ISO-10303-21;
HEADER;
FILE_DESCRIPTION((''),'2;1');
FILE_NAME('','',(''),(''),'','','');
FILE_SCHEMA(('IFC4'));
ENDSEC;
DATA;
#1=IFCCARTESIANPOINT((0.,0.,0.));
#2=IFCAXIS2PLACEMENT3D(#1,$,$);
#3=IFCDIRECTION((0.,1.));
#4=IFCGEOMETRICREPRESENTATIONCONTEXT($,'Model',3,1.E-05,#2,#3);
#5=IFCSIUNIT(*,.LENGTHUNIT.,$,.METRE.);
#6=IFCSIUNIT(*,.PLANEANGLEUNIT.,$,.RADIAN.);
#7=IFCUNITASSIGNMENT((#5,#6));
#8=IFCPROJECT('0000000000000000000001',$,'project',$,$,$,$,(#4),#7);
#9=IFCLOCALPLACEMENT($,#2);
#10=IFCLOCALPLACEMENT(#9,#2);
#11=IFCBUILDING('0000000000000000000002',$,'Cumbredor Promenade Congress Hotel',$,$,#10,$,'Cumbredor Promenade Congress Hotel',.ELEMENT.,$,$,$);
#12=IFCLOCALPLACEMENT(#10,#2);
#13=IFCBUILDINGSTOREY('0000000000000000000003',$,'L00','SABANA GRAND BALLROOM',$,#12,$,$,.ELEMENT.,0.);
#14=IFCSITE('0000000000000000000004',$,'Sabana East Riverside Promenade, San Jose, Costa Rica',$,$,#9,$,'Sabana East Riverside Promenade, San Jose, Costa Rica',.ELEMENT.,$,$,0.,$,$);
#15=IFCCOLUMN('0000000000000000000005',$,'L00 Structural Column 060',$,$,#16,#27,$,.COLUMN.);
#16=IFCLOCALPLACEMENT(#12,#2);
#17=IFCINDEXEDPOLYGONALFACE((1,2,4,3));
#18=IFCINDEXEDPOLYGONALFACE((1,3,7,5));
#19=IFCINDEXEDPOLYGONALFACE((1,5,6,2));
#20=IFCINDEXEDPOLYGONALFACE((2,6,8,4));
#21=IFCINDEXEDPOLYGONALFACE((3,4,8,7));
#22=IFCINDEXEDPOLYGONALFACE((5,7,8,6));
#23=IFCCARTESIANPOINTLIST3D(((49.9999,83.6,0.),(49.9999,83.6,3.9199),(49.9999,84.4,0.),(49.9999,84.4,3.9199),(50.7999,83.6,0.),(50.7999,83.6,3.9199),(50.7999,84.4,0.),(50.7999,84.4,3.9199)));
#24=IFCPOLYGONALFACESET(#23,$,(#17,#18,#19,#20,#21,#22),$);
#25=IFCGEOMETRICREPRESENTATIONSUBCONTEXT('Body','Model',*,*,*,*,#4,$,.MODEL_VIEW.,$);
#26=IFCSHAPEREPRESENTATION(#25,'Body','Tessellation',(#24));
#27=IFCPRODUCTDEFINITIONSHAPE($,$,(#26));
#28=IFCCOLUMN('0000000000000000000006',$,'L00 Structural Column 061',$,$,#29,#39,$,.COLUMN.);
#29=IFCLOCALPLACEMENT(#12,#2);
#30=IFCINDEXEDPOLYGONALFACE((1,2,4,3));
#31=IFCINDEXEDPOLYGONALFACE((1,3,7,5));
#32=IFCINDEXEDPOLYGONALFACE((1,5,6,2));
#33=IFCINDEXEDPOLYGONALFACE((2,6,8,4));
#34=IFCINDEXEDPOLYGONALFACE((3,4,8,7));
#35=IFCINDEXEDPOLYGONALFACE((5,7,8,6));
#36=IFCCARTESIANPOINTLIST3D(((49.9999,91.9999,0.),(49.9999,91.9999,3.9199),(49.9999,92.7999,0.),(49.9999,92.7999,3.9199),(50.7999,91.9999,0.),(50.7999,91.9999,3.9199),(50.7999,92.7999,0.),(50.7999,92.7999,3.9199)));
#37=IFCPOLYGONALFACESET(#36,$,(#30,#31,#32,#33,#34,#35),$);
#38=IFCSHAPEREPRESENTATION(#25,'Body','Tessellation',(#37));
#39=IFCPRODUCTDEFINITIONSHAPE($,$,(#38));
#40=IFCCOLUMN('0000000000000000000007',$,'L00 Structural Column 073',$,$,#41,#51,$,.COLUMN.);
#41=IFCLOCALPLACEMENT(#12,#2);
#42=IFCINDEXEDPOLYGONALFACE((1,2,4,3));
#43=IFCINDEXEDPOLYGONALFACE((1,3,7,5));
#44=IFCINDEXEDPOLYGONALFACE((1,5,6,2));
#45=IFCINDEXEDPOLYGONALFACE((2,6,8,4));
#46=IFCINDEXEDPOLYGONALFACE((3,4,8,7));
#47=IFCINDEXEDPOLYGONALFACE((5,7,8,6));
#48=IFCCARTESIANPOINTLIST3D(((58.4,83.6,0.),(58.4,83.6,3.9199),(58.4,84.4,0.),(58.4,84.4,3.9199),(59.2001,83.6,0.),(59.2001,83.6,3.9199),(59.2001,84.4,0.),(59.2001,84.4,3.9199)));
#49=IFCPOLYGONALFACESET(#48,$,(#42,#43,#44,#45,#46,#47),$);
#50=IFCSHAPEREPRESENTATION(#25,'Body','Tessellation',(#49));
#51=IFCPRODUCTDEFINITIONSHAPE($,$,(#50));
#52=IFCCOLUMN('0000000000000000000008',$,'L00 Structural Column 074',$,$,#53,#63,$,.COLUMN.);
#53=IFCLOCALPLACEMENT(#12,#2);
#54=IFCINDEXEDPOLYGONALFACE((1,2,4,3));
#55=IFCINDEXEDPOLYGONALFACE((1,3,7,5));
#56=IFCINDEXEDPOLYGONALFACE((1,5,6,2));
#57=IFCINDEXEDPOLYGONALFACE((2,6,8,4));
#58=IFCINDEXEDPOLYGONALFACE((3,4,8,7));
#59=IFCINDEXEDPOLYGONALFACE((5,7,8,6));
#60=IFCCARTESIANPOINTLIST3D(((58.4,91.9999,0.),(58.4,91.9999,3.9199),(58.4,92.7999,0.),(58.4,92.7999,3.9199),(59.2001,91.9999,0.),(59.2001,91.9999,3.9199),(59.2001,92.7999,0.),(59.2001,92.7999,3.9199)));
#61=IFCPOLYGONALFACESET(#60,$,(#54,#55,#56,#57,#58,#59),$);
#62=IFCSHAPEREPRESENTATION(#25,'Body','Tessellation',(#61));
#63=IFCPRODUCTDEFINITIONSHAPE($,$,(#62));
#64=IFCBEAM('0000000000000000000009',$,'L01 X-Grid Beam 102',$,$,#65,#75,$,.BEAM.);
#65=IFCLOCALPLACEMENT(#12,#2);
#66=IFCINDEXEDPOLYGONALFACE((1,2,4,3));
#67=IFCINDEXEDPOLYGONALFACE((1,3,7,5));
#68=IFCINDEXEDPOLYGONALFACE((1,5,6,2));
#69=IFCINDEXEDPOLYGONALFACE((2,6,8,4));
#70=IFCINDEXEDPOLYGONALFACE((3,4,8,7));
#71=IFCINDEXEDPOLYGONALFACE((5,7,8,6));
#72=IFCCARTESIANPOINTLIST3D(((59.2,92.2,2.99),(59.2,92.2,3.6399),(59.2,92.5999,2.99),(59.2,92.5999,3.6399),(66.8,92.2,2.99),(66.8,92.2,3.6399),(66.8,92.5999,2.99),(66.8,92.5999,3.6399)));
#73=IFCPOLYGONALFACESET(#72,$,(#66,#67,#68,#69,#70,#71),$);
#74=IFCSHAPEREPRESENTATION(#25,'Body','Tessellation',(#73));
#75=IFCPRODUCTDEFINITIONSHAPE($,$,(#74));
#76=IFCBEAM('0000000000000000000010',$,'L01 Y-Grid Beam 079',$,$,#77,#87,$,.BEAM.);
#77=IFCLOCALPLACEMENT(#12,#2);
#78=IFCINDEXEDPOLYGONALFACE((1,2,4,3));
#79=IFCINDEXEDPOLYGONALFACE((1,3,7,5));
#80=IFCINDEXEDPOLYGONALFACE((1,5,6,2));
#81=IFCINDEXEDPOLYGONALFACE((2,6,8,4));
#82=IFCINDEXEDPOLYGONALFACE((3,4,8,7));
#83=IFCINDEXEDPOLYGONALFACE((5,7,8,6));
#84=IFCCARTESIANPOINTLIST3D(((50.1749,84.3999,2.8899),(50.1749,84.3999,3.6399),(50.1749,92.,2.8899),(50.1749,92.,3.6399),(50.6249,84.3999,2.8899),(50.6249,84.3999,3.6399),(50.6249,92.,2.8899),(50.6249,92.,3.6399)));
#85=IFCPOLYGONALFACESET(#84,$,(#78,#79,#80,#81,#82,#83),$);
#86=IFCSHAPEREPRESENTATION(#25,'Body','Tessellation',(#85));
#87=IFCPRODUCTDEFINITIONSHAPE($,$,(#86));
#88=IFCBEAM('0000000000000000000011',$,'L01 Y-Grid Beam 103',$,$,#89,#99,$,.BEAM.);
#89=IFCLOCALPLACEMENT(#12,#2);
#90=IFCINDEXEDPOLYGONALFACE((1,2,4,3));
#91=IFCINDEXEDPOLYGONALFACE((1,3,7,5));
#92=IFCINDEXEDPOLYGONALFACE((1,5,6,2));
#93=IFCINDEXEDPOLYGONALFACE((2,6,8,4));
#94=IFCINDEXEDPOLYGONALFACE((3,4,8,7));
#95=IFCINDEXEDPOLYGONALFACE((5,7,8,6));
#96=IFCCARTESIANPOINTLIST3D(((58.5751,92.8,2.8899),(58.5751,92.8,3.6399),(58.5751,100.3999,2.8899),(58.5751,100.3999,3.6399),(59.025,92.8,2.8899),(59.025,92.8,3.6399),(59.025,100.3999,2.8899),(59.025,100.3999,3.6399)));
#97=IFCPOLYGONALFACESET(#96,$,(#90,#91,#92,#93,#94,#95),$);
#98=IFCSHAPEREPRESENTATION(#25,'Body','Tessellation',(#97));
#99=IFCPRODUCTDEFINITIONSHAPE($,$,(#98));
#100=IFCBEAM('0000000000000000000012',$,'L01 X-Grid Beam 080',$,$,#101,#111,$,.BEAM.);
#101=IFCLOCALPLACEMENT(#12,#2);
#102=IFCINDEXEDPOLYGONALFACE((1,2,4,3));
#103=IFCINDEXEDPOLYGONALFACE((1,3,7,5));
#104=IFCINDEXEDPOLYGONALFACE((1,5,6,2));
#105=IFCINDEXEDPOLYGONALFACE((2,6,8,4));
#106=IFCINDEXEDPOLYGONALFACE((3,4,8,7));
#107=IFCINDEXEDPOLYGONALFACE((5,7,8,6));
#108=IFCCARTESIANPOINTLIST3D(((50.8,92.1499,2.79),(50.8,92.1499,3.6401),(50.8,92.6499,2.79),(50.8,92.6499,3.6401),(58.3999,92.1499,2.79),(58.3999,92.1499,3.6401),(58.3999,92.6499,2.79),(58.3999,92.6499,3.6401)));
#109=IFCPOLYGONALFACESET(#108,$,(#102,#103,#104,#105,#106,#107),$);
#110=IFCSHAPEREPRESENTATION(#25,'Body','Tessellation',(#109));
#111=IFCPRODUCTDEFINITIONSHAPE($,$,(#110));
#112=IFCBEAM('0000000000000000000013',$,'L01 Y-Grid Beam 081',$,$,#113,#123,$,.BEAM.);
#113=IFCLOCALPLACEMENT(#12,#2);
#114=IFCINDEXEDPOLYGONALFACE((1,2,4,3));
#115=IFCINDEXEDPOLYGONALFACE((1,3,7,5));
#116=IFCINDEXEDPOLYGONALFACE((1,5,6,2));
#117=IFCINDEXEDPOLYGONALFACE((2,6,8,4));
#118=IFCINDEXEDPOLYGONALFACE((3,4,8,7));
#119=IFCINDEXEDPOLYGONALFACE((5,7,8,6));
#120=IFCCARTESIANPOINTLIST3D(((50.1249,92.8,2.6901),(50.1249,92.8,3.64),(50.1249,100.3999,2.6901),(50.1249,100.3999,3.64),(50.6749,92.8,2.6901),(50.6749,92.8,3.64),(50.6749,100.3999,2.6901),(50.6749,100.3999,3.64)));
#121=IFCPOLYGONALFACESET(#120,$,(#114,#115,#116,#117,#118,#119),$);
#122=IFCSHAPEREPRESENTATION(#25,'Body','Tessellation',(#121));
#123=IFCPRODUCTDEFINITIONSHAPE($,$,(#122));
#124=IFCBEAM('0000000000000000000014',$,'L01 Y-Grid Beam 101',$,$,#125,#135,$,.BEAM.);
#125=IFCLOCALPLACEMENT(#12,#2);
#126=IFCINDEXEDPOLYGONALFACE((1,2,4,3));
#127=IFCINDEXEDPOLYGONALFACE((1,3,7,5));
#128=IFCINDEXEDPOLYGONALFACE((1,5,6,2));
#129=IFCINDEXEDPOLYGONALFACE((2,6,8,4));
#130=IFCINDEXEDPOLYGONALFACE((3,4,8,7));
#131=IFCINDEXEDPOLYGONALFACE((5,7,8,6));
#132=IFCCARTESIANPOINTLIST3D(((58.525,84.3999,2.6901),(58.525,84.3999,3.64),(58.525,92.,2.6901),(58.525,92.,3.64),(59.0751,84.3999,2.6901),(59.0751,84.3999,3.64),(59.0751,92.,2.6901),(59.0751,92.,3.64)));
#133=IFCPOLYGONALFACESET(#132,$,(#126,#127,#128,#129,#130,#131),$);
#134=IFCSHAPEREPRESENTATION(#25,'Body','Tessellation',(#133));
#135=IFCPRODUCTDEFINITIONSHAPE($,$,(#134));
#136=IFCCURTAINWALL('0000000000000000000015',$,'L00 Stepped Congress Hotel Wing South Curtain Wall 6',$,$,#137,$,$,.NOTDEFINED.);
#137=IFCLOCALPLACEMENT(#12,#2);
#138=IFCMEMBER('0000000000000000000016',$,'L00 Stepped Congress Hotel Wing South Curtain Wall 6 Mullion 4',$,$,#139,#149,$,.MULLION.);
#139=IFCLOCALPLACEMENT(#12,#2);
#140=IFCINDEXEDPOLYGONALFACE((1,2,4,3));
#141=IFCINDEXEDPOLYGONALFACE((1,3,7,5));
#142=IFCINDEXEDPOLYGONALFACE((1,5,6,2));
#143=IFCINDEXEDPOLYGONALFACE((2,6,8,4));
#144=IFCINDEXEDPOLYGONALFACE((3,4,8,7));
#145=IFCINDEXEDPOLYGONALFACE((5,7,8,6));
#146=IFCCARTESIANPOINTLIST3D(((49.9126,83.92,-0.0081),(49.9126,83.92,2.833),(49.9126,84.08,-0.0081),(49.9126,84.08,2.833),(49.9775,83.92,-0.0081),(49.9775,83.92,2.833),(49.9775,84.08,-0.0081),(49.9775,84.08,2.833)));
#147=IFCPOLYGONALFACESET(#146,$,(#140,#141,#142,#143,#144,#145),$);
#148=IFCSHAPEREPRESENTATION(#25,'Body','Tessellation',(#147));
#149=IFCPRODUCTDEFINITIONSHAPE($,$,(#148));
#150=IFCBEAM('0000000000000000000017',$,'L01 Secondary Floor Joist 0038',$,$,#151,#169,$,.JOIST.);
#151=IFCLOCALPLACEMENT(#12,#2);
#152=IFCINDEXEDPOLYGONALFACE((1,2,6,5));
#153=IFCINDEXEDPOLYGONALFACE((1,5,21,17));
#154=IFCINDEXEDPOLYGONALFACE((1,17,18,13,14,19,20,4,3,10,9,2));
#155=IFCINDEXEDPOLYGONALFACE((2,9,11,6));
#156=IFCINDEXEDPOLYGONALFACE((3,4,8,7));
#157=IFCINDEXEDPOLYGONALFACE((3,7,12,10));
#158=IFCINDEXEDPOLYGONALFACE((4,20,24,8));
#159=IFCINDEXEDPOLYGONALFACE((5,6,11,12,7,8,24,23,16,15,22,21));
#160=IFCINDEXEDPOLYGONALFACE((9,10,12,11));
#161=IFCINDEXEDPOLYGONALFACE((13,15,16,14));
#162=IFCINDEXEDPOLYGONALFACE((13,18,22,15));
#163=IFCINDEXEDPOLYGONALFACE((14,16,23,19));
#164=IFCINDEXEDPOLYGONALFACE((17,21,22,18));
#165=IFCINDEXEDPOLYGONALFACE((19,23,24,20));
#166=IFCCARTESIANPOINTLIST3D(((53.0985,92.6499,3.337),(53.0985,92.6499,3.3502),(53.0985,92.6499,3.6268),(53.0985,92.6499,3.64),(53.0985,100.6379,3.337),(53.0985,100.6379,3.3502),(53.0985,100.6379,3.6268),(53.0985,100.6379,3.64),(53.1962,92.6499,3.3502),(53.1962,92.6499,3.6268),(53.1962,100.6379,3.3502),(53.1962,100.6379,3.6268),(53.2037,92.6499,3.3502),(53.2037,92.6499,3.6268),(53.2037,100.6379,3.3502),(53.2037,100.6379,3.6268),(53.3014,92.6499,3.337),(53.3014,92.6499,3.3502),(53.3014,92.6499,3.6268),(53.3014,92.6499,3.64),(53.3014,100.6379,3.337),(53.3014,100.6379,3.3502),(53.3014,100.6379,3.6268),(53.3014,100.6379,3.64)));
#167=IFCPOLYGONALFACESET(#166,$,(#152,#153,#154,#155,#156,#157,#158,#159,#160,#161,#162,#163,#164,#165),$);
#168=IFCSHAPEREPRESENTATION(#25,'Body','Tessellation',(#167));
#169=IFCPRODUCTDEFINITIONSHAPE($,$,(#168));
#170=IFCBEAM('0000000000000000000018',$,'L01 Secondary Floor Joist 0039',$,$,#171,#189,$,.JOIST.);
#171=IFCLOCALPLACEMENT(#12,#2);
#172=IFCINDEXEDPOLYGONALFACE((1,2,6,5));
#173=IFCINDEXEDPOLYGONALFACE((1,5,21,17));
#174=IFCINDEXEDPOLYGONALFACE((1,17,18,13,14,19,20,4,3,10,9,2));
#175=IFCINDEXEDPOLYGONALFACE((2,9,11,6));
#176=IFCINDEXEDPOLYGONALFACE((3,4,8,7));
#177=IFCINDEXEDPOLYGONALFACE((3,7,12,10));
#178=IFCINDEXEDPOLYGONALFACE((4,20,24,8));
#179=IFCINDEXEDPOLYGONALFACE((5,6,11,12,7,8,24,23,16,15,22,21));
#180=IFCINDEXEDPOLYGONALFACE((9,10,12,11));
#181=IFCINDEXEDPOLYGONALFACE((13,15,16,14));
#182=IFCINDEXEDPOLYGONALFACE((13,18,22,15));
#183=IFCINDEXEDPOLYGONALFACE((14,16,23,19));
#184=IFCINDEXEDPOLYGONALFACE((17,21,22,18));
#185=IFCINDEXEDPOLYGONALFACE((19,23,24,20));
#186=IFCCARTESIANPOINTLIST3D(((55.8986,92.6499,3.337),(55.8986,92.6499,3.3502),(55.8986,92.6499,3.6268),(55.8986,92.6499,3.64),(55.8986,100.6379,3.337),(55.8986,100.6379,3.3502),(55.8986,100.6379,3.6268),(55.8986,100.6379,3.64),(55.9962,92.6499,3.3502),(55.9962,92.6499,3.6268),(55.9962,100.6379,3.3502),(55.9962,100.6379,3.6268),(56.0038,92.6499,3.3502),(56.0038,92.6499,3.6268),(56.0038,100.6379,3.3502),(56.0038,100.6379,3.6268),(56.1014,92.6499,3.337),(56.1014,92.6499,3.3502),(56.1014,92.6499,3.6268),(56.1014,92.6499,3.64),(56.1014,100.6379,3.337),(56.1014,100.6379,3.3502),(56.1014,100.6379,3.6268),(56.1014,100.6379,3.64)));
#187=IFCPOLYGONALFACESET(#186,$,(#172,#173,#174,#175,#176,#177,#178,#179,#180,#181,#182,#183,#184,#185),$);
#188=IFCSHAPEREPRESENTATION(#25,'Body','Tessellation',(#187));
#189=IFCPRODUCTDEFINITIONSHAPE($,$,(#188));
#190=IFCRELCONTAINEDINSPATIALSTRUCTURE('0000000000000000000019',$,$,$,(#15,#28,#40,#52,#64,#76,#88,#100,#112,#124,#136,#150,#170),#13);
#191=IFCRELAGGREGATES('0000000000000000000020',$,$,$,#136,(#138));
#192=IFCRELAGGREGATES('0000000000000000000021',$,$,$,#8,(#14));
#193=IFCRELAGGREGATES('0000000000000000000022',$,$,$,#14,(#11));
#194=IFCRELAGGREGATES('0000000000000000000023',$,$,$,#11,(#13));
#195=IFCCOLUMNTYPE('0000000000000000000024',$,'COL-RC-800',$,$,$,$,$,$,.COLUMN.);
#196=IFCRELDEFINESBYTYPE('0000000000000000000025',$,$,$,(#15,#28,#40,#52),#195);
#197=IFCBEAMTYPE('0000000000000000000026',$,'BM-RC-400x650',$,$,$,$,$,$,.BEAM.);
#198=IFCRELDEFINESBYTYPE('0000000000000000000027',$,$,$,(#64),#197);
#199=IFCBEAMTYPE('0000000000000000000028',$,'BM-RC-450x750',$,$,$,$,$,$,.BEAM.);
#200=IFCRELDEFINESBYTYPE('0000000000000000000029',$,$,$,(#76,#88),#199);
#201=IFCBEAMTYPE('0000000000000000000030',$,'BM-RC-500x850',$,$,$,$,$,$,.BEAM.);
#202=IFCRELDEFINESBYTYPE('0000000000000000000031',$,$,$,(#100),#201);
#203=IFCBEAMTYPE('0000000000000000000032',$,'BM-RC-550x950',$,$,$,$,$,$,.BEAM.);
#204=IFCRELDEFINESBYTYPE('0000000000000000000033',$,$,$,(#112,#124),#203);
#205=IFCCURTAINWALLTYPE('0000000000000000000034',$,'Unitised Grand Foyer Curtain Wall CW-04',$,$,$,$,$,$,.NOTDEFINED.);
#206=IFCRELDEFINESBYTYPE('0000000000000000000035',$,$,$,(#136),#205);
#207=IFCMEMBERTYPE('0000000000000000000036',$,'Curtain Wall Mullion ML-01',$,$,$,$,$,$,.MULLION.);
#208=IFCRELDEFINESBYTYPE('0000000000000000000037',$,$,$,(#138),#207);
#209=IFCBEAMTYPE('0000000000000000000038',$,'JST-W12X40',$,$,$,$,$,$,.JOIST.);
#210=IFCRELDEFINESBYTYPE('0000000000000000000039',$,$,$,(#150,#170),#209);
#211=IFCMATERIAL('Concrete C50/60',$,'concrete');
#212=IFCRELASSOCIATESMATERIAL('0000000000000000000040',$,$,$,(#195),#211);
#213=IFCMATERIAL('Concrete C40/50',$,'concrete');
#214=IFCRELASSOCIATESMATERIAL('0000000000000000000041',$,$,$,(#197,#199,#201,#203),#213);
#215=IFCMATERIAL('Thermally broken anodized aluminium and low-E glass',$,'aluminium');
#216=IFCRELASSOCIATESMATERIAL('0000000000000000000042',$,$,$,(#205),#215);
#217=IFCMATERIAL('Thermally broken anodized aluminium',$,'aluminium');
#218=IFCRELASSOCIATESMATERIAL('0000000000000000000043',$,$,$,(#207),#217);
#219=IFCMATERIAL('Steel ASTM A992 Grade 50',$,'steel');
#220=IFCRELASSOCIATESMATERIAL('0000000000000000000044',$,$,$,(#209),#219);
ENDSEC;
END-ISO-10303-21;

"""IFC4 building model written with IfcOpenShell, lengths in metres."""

from ifc_helpers import new_model, si_unit, direction, frame, origin, origin_2d, place, context, subcontext, project, spatial, rectangle, i_section, extrude, material, material_profile, profile_set, type_object, element, aggregate, save


model = new_model("IFC4")

# Units and contexts
model_context = context("Model", 3, precision=1e-05, world=origin(), true_north=direction((0.0, 1.0)))
body_context = subcontext(model_context, "Body", "Model", "MODEL_VIEW")
ifc_project = project(units=[si_unit("LENGTHUNIT", "METRE"), si_unit("PLANEANGLEUNIT", "RADIAN")], contexts=[model_context])

# Site, building, storey
site_placement = place(None, origin())
site = spatial("IfcSite", under=ifc_project, at=site_placement, Name="Sabana East Riverside Promenade, San Jose, Costa Rica", LongName="Sabana East Riverside Promenade, San Jose, Costa Rica", CompositionType="ELEMENT", RefElevation=0.0)
building_placement = place(site_placement, origin())
building = spatial("IfcBuilding", under=site, at=building_placement, Name="Cumbredor Promenade Congress Hotel", LongName="Cumbredor Promenade Congress Hotel", CompositionType="ELEMENT")
storey_placement = place(building_placement, origin())
storey = spatial("IfcBuildingStorey", under=building, at=storey_placement, Name="L00", Description="SABANA GRAND BALLROOM", CompositionType="ELEMENT", Elevation=0.0)

# Columns
ifc_material_1 = material(Name="Concrete C50/60", Category="concrete")
ifc_material_profile_1 = material_profile(ifc_material_1, rectangle(XDim=0.8, YDim=0.8, at=origin_2d()), Name="RC 800x800")
ifc_profile_set_1 = profile_set([ifc_material_profile_1], Name="Concrete C50/60")
column_type = type_object("IfcColumnType", Name="COL-RC-800", PredefinedType="COLUMN", material=ifc_profile_set_1)
for number, where, z_axis, x_axis, name in (
    (1, (50.3999, 84.0, 0.0), (0.0, 0.0, 1.0), (1.0, 0.0, 0.0), "L00 Structural Column 060"),
    (2, (50.3999, 92.3999, 0.0), (0.0, 0.0, 1.0), (1.0, 0.0, 0.0), "L00 Structural Column 061"),
    (3, (58.8, 84.0, 0.0), (0.0, 0.0, 1.0), (1.0, 0.0, 0.0), "L00 Structural Column 073"),
    (4, (58.8, 92.3999, 0.0), (0.0, 0.0, 1.0), (1.0, 0.0, 0.0), "L00 Structural Column 074"),
):
    element("IfcColumn", number, at=place(storey_placement, frame(where, z_axis=z_axis, x_axis=x_axis)), inside=storey, type_object=column_type, Name=name, PredefinedType="COLUMN", context=body_context, shape_type="SweptSolid", body=[
        extrude(rectangle(XDim=0.8, YDim=0.8, at=origin_2d()), origin(), (0.0, 0.0, 1.0), 3.9199),
    ])

# Beams
ifc_material_2 = material(Name="Concrete C40/50", Category="concrete")
ifc_material_profile_2 = material_profile(ifc_material_2, rectangle(XDim=0.3999, YDim=0.6499, at=origin_2d()), Name="RC BEAM 400x650")
ifc_profile_set_2 = profile_set([ifc_material_profile_2], Name="Concrete C40/50")
beam_type_1 = type_object("IfcBeamType", Name="BM-RC-400x650", PredefinedType="BEAM", material=ifc_profile_set_2)
beam_1_placement = place(storey_placement, frame((59.2, 92.3999, 3.3149), z_axis=(1.0, 0.0, 0.0), x_axis=(0.0, 1.0, 0.0)))
element("IfcBeam", 5, at=beam_1_placement, inside=storey, type_object=beam_type_1, Name="L01 X-Grid Beam 102", PredefinedType="BEAM", context=body_context, shape_type="SweptSolid", body=[
    extrude(rectangle(XDim=0.3999, YDim=0.6499, at=origin_2d()), origin(), (0.0, 0.0, 1.0), 7.6001),
])
ifc_material_profile_3 = material_profile(ifc_material_2, rectangle(XDim=0.45, YDim=0.75, at=origin_2d()), Name="RC BEAM 450x750")
ifc_profile_set_3 = profile_set([ifc_material_profile_3], Name="Concrete C40/50")
beam_type_2 = type_object("IfcBeamType", Name="BM-RC-450x750", PredefinedType="BEAM", material=ifc_profile_set_3)
beam_2_placement = place(storey_placement, frame((50.3999, 84.3999, 3.2649), z_axis=(0.0, 1.0, 0.0), x_axis=(-1.0, 0.0, 0.0)))
element("IfcBeam", 6, at=beam_2_placement, inside=storey, type_object=beam_type_2, Name="L01 Y-Grid Beam 079", PredefinedType="BEAM", context=body_context, shape_type="SweptSolid", body=[
    extrude(rectangle(XDim=0.45, YDim=0.75, at=origin_2d()), origin(), (0.0, 0.0, 1.0), 7.6001),
])
beam_3_placement = place(storey_placement, frame((58.8, 92.8, 3.2649), z_axis=(0.0, 1.0, 0.0), x_axis=(-1.0, 0.0, 0.0)))
element("IfcBeam", 7, at=beam_3_placement, inside=storey, type_object=beam_type_2, Name="L01 Y-Grid Beam 103", PredefinedType="BEAM", context=body_context, shape_type="SweptSolid", body=[
    extrude(rectangle(XDim=0.45, YDim=0.75, at=origin_2d()), origin(), (0.0, 0.0, 1.0), 7.5999),
])
ifc_material_profile_4 = material_profile(ifc_material_2, rectangle(XDim=0.5, YDim=0.8501, at=origin_2d()), Name="RC BEAM 500x850")
ifc_profile_set_4 = profile_set([ifc_material_profile_4], Name="Concrete C40/50")
beam_type_3 = type_object("IfcBeamType", Name="BM-RC-500x850", PredefinedType="BEAM", material=ifc_profile_set_4)
beam_4_placement = place(storey_placement, frame((50.8, 92.3999, 3.2151), z_axis=(1.0, 0.0, 0.0), x_axis=(0.0, 1.0, 0.0)))
element("IfcBeam", 8, at=beam_4_placement, inside=storey, type_object=beam_type_3, Name="L01 X-Grid Beam 080", PredefinedType="BEAM", context=body_context, shape_type="SweptSolid", body=[
    extrude(rectangle(XDim=0.5, YDim=0.8501, at=origin_2d()), origin(), (0.0, 0.0, 1.0), 7.5999),
])
ifc_material_profile_5 = material_profile(ifc_material_2, rectangle(XDim=0.55, YDim=0.95, at=origin_2d()), Name="RC BEAM 550x950")
ifc_profile_set_5 = profile_set([ifc_material_profile_5], Name="Concrete C40/50")
beam_type_4 = type_object("IfcBeamType", Name="BM-RC-550x950", PredefinedType="BEAM", material=ifc_profile_set_5)
beam_5_placement = place(storey_placement, frame((50.3999, 92.8, 3.165), z_axis=(0.0, 1.0, 0.0), x_axis=(-1.0, 0.0, 0.0)))
element("IfcBeam", 9, at=beam_5_placement, inside=storey, type_object=beam_type_4, Name="L01 Y-Grid Beam 081", PredefinedType="BEAM", context=body_context, shape_type="SweptSolid", body=[
    extrude(rectangle(XDim=0.55, YDim=0.95, at=origin_2d()), origin(), (0.0, 0.0, 1.0), 7.5999),
])
beam_6_placement = place(storey_placement, frame((58.8, 84.3999, 3.165), z_axis=(0.0, 1.0, 0.0), x_axis=(-1.0, 0.0, 0.0)))
element("IfcBeam", 10, at=beam_6_placement, inside=storey, type_object=beam_type_4, Name="L01 Y-Grid Beam 101", PredefinedType="BEAM", context=body_context, shape_type="SweptSolid", body=[
    extrude(rectangle(XDim=0.55, YDim=0.95, at=origin_2d()), origin(), (0.0, 0.0, 1.0), 7.6001),
])

# Curtain wall, member
ifc_material_3 = material(Name="Thermally broken anodized aluminium and low-E glass", Category="aluminium")
curtain_wall_type = type_object("IfcCurtainWallType", Name="Unitised Grand Foyer Curtain Wall CW-04", PredefinedType="NOTDEFINED", material=ifc_material_3)
curtain_wall_placement = place(storey_placement, origin())
curtain_wall = element("IfcCurtainWall", 11, at=curtain_wall_placement, inside=storey, type_object=curtain_wall_type, Name="L00 Stepped Congress Hotel Wing South Curtain Wall 6", PredefinedType="NOTDEFINED")
ifc_material_4 = material(Name="Thermally broken anodized aluminium", Category="aluminium")
ifc_material_profile_6 = material_profile(ifc_material_4, rectangle(XDim=0.0649, YDim=0.1599, at=origin_2d()), Name="ALU MULLION 65x160")
ifc_profile_set_6 = profile_set([ifc_material_profile_6], Name="Thermally broken anodized aluminium")
member_type = type_object("IfcMemberType", Name="Curtain Wall Mullion ML-01", PredefinedType="MULLION", material=ifc_profile_set_6)
member_placement = place(storey_placement, frame((49.9451, 84.0, -0.0081), z_axis=(0.0, 0.0, 1.0), x_axis=(1.0, 0.0, 0.0)))
member = element("IfcMember", 12, at=member_placement, type_object=member_type, Name="L00 Stepped Congress Hotel Wing South Curtain Wall 6 Mullion 4", PredefinedType="MULLION", context=body_context, shape_type="SweptSolid", body=[
    extrude(rectangle(XDim=0.0649, YDim=0.1599, at=origin_2d()), origin(), (0.0, 0.0, 1.0), 2.8411),
])

# Beams
ifc_material_5 = material(Name="Steel ASTM A992 Grade 50", Category="steel")
ifc_material_profile_7 = material_profile(ifc_material_5, i_section(OverallWidth=0.2029, OverallDepth=0.303, WebThickness=0.0076, FlangeThickness=0.0132, at=origin_2d()), Name="W12X40")
ifc_profile_set_7 = profile_set([ifc_material_profile_7], Name="Steel ASTM A992 Grade 50")
beam_type_5 = type_object("IfcBeamType", Name="JST-W12X40", PredefinedType="JOIST", material=ifc_profile_set_7)
for number, where, z_axis, x_axis, name in (
    (13, (53.2, 92.6499, 3.4885), (0.0, 1.0, 0.0), (-1.0, 0.0, 0.0), "L01 Secondary Floor Joist 0038"),
    (14, (56.0, 92.6499, 3.4885), (0.0, 1.0, 0.0), (-1.0, 0.0, 0.0), "L01 Secondary Floor Joist 0039"),
):
    element("IfcBeam", number, at=place(storey_placement, frame(where, z_axis=z_axis, x_axis=x_axis)), inside=storey, type_object=beam_type_5, Name=name, PredefinedType="JOIST", context=body_context, shape_type="SweptSolid", body=[
        extrude(i_section(OverallWidth=0.2029, OverallDepth=0.303, WebThickness=0.0076, FlangeThickness=0.0132, at=origin_2d()), origin(), (0.0, 0.0, 1.0), 7.988),
    ])

aggregate(curtain_wall, [member])

save(model, "model.ifc")
